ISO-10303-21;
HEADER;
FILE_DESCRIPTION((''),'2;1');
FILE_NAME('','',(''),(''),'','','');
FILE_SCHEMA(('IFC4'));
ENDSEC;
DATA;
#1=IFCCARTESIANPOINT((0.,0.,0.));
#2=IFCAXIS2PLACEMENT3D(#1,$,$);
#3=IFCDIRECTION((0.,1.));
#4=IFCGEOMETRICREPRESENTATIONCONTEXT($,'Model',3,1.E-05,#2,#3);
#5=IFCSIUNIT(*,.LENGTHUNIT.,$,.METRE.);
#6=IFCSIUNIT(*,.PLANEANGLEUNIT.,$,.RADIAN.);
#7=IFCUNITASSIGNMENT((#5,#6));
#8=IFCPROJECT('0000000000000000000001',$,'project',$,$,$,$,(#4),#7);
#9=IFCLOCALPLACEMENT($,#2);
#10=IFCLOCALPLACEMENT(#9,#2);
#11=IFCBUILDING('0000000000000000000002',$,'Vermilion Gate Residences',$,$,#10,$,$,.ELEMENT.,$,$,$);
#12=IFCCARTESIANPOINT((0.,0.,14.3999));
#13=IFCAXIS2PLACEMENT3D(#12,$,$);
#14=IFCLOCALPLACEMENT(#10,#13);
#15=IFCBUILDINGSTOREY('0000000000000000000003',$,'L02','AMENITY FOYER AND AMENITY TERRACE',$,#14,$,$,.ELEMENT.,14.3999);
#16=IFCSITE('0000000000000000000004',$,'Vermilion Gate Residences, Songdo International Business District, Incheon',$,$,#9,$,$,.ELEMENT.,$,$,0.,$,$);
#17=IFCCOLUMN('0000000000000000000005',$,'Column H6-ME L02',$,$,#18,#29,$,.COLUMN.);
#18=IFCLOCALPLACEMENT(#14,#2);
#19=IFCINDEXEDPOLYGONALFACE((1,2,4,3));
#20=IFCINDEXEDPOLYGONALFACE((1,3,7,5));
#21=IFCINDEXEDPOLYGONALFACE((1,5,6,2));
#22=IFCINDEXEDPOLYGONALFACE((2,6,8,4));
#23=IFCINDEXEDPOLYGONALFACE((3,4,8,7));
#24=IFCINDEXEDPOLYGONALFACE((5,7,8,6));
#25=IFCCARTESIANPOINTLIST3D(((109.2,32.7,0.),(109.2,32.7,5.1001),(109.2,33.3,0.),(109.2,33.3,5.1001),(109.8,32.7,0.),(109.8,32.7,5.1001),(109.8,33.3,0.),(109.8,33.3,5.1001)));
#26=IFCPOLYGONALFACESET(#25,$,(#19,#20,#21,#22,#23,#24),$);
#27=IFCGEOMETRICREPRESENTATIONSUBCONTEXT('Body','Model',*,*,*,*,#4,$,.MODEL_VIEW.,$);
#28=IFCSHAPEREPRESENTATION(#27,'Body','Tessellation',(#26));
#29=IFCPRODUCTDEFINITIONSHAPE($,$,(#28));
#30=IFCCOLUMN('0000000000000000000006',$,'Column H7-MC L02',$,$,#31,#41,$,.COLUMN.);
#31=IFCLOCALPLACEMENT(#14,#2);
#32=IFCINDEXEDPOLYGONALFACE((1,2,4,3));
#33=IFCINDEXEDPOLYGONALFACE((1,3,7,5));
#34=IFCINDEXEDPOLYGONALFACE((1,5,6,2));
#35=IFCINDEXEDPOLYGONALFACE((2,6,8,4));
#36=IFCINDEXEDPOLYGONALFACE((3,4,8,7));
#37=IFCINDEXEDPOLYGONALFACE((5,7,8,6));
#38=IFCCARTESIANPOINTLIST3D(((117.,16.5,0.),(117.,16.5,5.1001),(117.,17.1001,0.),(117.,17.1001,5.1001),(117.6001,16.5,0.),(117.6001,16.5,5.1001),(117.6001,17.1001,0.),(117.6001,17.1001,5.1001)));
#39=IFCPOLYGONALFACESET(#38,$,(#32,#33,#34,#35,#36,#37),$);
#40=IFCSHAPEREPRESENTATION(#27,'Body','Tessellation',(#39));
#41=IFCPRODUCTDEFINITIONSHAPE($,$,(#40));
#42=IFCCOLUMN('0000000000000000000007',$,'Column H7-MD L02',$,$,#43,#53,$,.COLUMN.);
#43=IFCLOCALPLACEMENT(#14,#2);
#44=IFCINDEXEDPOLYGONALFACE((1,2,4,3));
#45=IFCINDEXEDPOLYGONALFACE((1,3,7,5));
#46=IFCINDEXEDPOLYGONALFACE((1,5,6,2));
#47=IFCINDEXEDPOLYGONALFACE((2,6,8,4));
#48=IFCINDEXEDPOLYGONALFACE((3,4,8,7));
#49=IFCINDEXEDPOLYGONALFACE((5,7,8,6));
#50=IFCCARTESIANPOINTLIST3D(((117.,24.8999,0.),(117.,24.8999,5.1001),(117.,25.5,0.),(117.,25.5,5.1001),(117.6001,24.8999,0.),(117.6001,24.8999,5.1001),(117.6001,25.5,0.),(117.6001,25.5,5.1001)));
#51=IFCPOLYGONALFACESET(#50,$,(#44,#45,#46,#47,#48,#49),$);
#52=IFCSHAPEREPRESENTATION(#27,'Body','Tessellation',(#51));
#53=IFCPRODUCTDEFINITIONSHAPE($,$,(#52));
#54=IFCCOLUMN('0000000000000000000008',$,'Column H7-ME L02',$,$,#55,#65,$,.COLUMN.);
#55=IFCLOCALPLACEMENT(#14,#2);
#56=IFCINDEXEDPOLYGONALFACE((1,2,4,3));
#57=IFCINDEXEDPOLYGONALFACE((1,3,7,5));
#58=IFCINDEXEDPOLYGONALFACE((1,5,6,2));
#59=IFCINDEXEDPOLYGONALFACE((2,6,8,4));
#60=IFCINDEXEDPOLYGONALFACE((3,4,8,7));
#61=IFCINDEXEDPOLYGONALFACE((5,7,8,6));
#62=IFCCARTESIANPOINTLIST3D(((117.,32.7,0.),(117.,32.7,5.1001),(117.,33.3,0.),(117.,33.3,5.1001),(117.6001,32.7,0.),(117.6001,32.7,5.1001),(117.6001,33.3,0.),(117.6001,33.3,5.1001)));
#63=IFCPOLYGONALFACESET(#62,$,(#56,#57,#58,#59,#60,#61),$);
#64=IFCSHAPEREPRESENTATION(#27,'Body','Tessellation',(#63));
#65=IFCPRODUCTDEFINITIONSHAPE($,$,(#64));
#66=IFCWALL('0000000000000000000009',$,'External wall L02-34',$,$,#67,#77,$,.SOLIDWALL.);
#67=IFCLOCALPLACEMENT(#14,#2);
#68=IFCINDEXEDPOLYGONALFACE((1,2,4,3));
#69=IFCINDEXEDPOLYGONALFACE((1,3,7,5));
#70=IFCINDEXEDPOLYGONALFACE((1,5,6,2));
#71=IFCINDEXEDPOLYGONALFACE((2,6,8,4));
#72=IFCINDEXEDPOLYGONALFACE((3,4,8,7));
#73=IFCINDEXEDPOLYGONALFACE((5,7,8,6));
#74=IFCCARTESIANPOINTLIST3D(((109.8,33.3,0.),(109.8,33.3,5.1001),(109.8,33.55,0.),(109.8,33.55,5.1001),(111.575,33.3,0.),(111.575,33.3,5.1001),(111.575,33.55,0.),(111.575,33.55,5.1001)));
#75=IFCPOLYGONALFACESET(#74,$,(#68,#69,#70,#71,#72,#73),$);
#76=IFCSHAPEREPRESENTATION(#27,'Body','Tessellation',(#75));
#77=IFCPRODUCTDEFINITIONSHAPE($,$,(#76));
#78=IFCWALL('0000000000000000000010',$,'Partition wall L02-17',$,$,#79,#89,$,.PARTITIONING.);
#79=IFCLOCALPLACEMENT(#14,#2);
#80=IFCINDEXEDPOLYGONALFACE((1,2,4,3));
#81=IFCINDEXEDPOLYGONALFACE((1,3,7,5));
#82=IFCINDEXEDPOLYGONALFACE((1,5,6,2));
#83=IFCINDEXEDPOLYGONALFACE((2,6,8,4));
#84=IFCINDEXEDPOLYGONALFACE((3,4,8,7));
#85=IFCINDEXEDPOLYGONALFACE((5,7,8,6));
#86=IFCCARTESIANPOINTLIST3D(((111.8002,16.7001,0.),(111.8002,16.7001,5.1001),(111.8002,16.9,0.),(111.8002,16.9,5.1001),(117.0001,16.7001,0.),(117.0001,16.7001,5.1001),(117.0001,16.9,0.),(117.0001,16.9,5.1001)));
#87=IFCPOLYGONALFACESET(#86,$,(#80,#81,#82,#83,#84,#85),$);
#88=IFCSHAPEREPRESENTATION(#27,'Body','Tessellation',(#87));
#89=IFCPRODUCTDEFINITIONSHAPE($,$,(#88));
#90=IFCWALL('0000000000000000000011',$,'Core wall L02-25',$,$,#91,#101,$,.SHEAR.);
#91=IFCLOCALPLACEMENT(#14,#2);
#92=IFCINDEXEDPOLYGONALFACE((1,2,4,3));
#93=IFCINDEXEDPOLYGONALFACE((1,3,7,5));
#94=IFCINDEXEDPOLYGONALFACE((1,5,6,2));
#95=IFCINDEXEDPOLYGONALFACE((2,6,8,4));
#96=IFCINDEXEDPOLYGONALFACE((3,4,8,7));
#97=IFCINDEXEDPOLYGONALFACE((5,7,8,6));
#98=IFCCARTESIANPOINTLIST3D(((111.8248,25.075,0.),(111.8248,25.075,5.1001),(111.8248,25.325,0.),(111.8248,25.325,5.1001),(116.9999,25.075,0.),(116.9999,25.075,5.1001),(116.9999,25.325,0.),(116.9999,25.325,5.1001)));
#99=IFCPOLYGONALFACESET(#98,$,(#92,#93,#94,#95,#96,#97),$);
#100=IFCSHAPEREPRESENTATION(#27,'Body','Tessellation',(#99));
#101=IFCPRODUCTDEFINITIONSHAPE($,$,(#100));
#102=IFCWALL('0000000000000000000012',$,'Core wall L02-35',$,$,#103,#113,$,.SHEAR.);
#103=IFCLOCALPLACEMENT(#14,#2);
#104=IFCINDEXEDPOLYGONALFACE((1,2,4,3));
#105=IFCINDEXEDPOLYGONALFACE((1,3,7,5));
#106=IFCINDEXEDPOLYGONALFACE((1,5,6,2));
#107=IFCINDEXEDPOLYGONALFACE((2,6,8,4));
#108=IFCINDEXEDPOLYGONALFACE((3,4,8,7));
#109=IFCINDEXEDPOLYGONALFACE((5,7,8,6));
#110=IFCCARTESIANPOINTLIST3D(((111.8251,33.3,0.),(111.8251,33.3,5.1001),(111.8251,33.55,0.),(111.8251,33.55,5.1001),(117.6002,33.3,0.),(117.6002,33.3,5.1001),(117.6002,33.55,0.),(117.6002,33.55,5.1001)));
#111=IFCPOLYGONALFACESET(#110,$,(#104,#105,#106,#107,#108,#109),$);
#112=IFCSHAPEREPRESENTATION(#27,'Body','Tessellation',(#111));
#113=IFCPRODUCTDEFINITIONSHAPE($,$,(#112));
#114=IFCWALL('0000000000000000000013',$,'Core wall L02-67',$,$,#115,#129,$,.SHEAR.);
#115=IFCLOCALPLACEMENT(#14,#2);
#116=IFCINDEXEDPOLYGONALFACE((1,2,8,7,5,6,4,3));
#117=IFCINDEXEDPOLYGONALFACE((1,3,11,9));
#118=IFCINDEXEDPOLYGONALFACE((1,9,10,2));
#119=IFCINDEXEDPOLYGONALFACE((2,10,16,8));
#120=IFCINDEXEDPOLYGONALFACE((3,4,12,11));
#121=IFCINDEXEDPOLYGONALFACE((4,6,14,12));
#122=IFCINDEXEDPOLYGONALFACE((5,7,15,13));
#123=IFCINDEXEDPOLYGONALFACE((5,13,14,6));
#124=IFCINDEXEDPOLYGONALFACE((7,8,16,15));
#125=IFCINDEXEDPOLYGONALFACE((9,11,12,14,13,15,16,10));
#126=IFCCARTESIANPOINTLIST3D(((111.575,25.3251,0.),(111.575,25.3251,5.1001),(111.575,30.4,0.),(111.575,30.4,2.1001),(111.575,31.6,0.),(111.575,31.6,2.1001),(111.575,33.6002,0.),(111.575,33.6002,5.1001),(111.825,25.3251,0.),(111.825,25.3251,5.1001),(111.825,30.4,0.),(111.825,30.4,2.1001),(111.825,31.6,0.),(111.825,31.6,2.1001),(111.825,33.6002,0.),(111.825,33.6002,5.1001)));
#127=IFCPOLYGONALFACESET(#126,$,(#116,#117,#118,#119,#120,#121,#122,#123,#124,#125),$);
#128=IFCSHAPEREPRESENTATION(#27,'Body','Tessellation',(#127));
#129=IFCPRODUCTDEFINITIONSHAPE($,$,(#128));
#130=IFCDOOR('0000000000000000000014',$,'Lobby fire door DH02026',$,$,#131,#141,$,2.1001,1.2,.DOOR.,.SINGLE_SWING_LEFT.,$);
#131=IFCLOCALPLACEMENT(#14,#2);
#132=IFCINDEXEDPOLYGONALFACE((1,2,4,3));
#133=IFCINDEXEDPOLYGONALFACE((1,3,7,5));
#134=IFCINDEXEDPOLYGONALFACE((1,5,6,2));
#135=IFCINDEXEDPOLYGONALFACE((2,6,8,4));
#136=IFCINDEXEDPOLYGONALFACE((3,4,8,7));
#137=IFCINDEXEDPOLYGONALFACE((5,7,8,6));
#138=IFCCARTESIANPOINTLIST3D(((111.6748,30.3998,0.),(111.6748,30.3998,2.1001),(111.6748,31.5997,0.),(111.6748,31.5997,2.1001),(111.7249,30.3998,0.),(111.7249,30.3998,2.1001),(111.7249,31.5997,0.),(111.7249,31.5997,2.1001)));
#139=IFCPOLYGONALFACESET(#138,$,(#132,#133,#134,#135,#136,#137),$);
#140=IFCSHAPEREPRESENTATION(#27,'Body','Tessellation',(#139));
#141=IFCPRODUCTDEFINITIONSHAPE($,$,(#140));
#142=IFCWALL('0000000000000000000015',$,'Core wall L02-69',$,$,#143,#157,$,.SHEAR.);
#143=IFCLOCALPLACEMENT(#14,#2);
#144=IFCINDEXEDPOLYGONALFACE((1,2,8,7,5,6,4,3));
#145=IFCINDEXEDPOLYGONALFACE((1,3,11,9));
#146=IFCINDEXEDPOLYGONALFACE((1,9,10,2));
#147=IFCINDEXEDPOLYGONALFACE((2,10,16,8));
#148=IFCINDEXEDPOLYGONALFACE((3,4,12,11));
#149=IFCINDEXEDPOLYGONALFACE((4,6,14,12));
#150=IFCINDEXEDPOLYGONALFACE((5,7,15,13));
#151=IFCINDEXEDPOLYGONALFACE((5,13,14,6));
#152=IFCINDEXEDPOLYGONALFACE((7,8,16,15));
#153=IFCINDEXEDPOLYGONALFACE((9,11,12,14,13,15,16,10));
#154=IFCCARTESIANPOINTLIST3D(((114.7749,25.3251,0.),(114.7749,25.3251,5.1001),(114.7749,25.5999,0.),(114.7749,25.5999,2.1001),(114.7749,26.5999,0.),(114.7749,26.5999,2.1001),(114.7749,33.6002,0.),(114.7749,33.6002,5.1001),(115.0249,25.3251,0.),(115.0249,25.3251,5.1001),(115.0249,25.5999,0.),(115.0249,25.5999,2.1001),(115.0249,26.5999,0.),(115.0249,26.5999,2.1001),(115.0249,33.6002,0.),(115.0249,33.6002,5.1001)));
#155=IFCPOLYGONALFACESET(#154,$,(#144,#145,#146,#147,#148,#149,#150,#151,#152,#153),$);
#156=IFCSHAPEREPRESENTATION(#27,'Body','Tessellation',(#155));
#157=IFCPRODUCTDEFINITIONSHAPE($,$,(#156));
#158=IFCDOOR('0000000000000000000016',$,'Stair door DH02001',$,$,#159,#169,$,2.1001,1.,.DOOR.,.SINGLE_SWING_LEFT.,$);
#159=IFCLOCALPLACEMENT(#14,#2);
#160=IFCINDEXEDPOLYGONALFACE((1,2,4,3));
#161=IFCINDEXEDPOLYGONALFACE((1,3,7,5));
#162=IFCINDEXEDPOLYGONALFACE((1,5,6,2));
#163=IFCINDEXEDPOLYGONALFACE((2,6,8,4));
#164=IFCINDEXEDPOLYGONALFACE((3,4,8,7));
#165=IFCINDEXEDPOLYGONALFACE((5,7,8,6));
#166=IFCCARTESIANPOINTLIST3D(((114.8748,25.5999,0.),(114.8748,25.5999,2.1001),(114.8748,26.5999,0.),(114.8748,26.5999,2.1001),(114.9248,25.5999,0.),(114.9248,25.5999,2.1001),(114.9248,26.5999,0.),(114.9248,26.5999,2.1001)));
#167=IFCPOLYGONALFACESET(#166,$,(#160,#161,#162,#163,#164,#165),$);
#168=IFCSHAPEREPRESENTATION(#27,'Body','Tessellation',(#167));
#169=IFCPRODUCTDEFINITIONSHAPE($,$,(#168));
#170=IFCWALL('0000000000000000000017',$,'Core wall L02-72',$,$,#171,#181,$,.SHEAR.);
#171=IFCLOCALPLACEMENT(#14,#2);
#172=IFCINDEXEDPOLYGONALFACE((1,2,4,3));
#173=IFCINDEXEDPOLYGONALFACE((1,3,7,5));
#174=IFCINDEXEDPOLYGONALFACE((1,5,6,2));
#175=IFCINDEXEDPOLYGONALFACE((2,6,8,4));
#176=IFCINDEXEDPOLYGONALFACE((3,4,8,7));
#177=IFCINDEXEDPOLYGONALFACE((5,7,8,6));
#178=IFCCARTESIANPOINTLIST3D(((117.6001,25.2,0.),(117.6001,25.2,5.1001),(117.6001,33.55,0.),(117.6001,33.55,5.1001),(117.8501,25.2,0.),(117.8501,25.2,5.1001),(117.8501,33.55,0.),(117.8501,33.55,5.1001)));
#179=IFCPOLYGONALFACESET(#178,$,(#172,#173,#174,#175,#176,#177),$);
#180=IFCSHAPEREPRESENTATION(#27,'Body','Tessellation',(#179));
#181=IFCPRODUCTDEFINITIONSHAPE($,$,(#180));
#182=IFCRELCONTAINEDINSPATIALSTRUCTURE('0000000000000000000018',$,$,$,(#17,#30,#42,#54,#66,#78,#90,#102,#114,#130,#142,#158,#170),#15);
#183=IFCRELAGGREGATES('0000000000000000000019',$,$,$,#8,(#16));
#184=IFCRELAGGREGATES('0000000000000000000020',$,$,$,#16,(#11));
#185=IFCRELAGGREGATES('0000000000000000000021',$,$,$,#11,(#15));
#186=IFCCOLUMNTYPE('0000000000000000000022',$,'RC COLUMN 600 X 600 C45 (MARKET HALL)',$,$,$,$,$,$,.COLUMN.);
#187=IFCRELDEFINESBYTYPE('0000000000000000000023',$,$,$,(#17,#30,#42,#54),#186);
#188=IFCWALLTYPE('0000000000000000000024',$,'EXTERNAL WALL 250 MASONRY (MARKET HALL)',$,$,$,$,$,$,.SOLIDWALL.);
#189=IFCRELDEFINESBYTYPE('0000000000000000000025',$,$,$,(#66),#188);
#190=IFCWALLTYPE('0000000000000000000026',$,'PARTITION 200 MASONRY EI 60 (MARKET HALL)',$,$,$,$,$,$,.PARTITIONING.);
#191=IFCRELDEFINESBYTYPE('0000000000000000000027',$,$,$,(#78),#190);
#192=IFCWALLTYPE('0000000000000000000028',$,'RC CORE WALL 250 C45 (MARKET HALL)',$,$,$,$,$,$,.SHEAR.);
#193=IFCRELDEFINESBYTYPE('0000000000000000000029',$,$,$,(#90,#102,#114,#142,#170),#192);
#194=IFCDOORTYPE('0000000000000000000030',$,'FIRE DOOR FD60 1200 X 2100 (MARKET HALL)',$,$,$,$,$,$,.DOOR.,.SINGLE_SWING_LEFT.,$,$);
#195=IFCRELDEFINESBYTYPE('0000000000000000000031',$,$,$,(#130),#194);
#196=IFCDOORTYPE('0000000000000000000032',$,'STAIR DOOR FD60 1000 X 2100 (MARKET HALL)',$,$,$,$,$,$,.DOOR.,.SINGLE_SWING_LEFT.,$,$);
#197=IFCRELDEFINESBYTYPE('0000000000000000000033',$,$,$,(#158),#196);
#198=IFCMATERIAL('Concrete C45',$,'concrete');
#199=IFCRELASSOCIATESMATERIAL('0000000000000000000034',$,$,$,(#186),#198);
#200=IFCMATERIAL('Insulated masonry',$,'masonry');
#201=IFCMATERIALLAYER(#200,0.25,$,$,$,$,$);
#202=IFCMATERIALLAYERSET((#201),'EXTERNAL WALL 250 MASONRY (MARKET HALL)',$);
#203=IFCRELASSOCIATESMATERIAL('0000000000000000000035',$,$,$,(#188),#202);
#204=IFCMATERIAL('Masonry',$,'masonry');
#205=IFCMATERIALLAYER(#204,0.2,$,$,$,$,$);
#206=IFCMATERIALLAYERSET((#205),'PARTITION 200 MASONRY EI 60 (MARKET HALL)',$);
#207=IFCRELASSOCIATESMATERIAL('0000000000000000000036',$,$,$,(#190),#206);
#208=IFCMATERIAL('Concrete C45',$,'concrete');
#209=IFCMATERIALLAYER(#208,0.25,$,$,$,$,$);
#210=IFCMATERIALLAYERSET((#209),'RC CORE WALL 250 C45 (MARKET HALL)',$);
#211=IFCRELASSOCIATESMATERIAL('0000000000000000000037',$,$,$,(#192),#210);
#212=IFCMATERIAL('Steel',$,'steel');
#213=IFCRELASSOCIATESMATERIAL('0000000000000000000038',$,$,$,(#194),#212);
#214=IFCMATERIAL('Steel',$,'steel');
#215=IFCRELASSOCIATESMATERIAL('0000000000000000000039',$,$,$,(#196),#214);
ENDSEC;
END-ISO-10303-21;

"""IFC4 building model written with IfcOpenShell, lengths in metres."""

from ifc_helpers import new_model, si_unit, direction, frame, frame_2d, origin, origin_2d, place, context, subcontext, project, spatial, rectangle, extrude, material, layer, layer_set, material_profile, profile_set, type_object, element, fill, save


model = new_model("IFC4")

# Units and contexts
model_context = context("Model", 3, precision=1e-05, world=origin(), true_north=direction((0.0, 1.0)))
body_context = subcontext(model_context, "Body", "Model", "MODEL_VIEW")
ifc_project = project(units=[si_unit("LENGTHUNIT", "METRE"), si_unit("PLANEANGLEUNIT", "RADIAN")], contexts=[model_context])

# Site, building, storey
site_placement = place(None, origin())
site = spatial("IfcSite", under=ifc_project, at=site_placement, Name="Vermilion Gate Residences, Songdo International Business District, Incheon", CompositionType="ELEMENT", RefElevation=0.0)
building_placement = place(site_placement, origin())
building = spatial("IfcBuilding", under=site, at=building_placement, Name="Vermilion Gate Residences", CompositionType="ELEMENT")
storey_placement = place(building_placement, frame((0.0, 0.0, 14.3999)))
storey = spatial("IfcBuildingStorey", under=building, at=storey_placement, Name="L02", Description="AMENITY FOYER AND AMENITY TERRACE", CompositionType="ELEMENT", Elevation=14.3999)

# Columns
ifc_material_1 = material(Name="Concrete C45", Category="concrete")
ifc_material_profile = material_profile(ifc_material_1, rectangle(XDim=0.6001, YDim=0.6001, at=origin_2d()), Name="RC COLUMN 600 X 600 C45 (MARKET HALL)")
ifc_profile_set = profile_set([ifc_material_profile], Name="Concrete C45")
column_type = type_object("IfcColumnType", Name="RC COLUMN 600 X 600 C45 (MARKET HALL)", PredefinedType="COLUMN", material=ifc_profile_set)
for number, where, z_axis, x_axis, name in (
    (1, (109.5, 33.0, 0.0), (0.0, 0.0, 1.0), (1.0, 0.0, 0.0), "Column H6-ME L02"),
    (2, (117.3, 16.8, 0.0), (0.0, 0.0, 1.0), (1.0, 0.0, 0.0), "Column H7-MC L02"),
    (3, (117.3, 25.2, 0.0), (0.0, 0.0, 1.0), (1.0, 0.0, 0.0), "Column H7-MD L02"),
    (4, (117.3, 33.0, 0.0), (0.0, 0.0, 1.0), (1.0, 0.0, 0.0), "Column H7-ME L02"),
):
    element("IfcColumn", number, at=place(storey_placement, frame(where, z_axis=z_axis, x_axis=x_axis)), inside=storey, type_object=column_type, Name=name, PredefinedType="COLUMN", context=body_context, shape_type="SweptSolid", body=[
        extrude(rectangle(XDim=0.6001, YDim=0.6001, at=origin_2d()), origin(), (0.0, 0.0, 1.0), 5.1001),
    ])

# Walls
ifc_material_2 = material(Name="Insulated masonry", Category="masonry")
ifc_layer_1 = layer(ifc_material_2, 0.25)
ifc_layer_set_1 = layer_set([ifc_layer_1], Name="EXTERNAL WALL 250 MASONRY (MARKET HALL)")
wall_type_1 = type_object("IfcWallType", Name="EXTERNAL WALL 250 MASONRY (MARKET HALL)", PredefinedType="SOLIDWALL", material=ifc_layer_set_1)
wall_1_placement = place(storey_placement, frame((109.8, 33.425, 0.0), z_axis=(0.0, 0.0, 1.0), x_axis=(1.0, 0.0, 0.0)))
element("IfcWall", 5, at=wall_1_placement, inside=storey, type_object=wall_type_1, Name="External wall L02-34", PredefinedType="SOLIDWALL", context=body_context, shape_type="SweptSolid", body=[
    extrude(rectangle(XDim=1.7749, YDim=0.25, at=frame_2d((0.8875, 0.0))), origin(), (0.0, 0.0, 1.0), 5.1001),
])
ifc_material_3 = material(Name="Masonry", Category="masonry")
ifc_layer_2 = layer(ifc_material_3, 0.2)
ifc_layer_set_2 = layer_set([ifc_layer_2], Name="PARTITION 200 MASONRY EI 60 (MARKET HALL)")
wall_type_2 = type_object("IfcWallType", Name="PARTITION 200 MASONRY EI 60 (MARKET HALL)", PredefinedType="PARTITIONING", material=ifc_layer_set_2)
wall_2_placement = place(storey_placement, frame((111.8, 16.8, 0.0), z_axis=(0.0, 0.0, 1.0), x_axis=(1.0, 0.0, 0.0)))
element("IfcWall", 6, at=wall_2_placement, inside=storey, type_object=wall_type_2, Name="Partition wall L02-17", PredefinedType="PARTITIONING", context=body_context, shape_type="SweptSolid", body=[
    extrude(rectangle(XDim=5.2, YDim=0.2, at=frame_2d((2.6001, 0.0))), origin(), (0.0, 0.0, 1.0), 5.1001),
])
ifc_material_4 = material(Name="Concrete C45", Category="concrete")
ifc_layer_3 = layer(ifc_material_4, 0.25)
ifc_layer_set_3 = layer_set([ifc_layer_3], Name="RC CORE WALL 250 C45 (MARKET HALL)")
wall_type_3 = type_object("IfcWallType", Name="RC CORE WALL 250 C45 (MARKET HALL)", PredefinedType="SHEAR", material=ifc_layer_set_3)
wall_3_placement = place(storey_placement, frame((111.825, 25.2, 0.0), z_axis=(0.0, 0.0, 1.0), x_axis=(1.0, 0.0, 0.0)))
element("IfcWall", 7, at=wall_3_placement, inside=storey, type_object=wall_type_3, Name="Core wall L02-25", PredefinedType="SHEAR", context=body_context, shape_type="SweptSolid", body=[
    extrude(rectangle(XDim=5.175, YDim=0.25, at=frame_2d((2.5874, 0.0))), origin(), (0.0, 0.0, 1.0), 5.1001),
])
wall_4_placement = place(storey_placement, frame((111.825, 33.425, 0.0), z_axis=(0.0, 0.0, 1.0), x_axis=(1.0, 0.0, 0.0)))
element("IfcWall", 8, at=wall_4_placement, inside=storey, type_object=wall_type_3, Name="Core wall L02-35", PredefinedType="SHEAR", context=body_context, shape_type="SweptSolid", body=[
    extrude(rectangle(XDim=5.7751, YDim=0.25, at=frame_2d((2.8877, 0.0))), origin(), (0.0, 0.0, 1.0), 5.1001),
])

# Walls, openings, doors
wall_5_placement = place(storey_placement, frame((111.7, 25.325, 0.0), z_axis=(0.0, 0.0, 1.0), x_axis=(0.0, 1.0, 0.0)))
wall_5 = element("IfcWall", 9, at=wall_5_placement, inside=storey, type_object=wall_type_3, Name="Core wall L02-67", PredefinedType="SHEAR", context=body_context, shape_type="SweptSolid", body=[
    extrude(rectangle(XDim=8.2751, YDim=0.25, at=frame_2d((4.1377, 0.0))), origin(), (0.0, 0.0, 1.0), 5.1001),
])
opening_1_placement = place(wall_5_placement, frame((5.075, 0.0, 0.0)))
opening_1 = element("IfcOpeningElement", 10, at=opening_1_placement, cuts=wall_5, PredefinedType="OPENING", context=body_context, shape_type="SweptSolid", body=[
    extrude(rectangle(XDim=1.2, YDim=2.1001, at=frame_2d((0.6001, 1.05))), frame((0.0, 0.135, 0.0), z_axis=(0.0, -1.0, 0.0), x_axis=(1.0, 0.0, 0.0)), (0.0, 0.0, 1.0), 0.27),
])
ifc_material_5 = material(Name="Steel", Category="steel")
door_type_1 = type_object("IfcDoorType", Name="FIRE DOOR FD60 1200 X 2100 (MARKET HALL)", OperationType="SINGLE_SWING_LEFT", PredefinedType="DOOR", material=ifc_material_5)
door_1_placement = place(opening_1_placement, frame((1.2, 0.0, 0.0), z_axis=(0.0, 0.0, 1.0), x_axis=(-1.0, 0.0, 0.0)))
door_1 = element("IfcDoor", 11, at=door_1_placement, inside=storey, type_object=door_type_1, Name="Lobby fire door DH02026", OperationType="SINGLE_SWING_LEFT", OverallHeight=2.1001, OverallWidth=1.2, PredefinedType="DOOR", context=body_context, shape_type="SweptSolid", body=[
    extrude(rectangle(XDim=1.2, YDim=2.1001, at=frame_2d((0.6001, 1.05))), frame((0.0, 0.0249, 0.0), z_axis=(0.0, -1.0, 0.0), x_axis=(1.0, 0.0, 0.0)), (0.0, 0.0, 1.0), 0.05),
])
fill(opening_1, door_1)
wall_6_placement = place(storey_placement, frame((114.8999, 25.325, 0.0), z_axis=(0.0, 0.0, 1.0), x_axis=(0.0, 1.0, 0.0)))
wall_6 = element("IfcWall", 12, at=wall_6_placement, inside=storey, type_object=wall_type_3, Name="Core wall L02-69", PredefinedType="SHEAR", context=body_context, shape_type="SweptSolid", body=[
    extrude(rectangle(XDim=8.2751, YDim=0.25, at=frame_2d((4.1377, 0.0))), origin(), (0.0, 0.0, 1.0), 5.1001),
])
opening_2_placement = place(wall_6_placement, frame((0.2749, 0.0, 0.0)))
opening_2 = element("IfcOpeningElement", 13, at=opening_2_placement, cuts=wall_6, PredefinedType="OPENING", context=body_context, shape_type="SweptSolid", body=[
    extrude(rectangle(XDim=1.0, YDim=2.1001, at=frame_2d((0.5, 1.05))), frame((0.0, 0.135, 0.0), z_axis=(0.0, -1.0, 0.0), x_axis=(1.0, 0.0, 0.0)), (0.0, 0.0, 1.0), 0.27),
])
ifc_material_6 = material(Name="Steel", Category="steel")
door_type_2 = type_object("IfcDoorType", Name="STAIR DOOR FD60 1000 X 2100 (MARKET HALL)", OperationType="SINGLE_SWING_LEFT", PredefinedType="DOOR", material=ifc_material_6)
door_2_placement = place(opening_2_placement, frame((1.0, 0.0, 0.0), z_axis=(0.0, 0.0, 1.0), x_axis=(-1.0, 0.0, 0.0)))
door_2 = element("IfcDoor", 14, at=door_2_placement, inside=storey, type_object=door_type_2, Name="Stair door DH02001", OperationType="SINGLE_SWING_LEFT", OverallHeight=2.1001, OverallWidth=1.0, PredefinedType="DOOR", context=body_context, shape_type="SweptSolid", body=[
    extrude(rectangle(XDim=1.0, YDim=2.1001, at=frame_2d((0.5, 1.05))), frame((0.0, 0.0249, 0.0), z_axis=(0.0, -1.0, 0.0), x_axis=(1.0, 0.0, 0.0)), (0.0, 0.0, 1.0), 0.05),
])
fill(opening_2, door_2)

# Wall
wall_7_placement = place(storey_placement, frame((117.7251, 25.2, 0.0), z_axis=(0.0, 0.0, 1.0), x_axis=(0.0, 1.0, 0.0)))
element("IfcWall", 15, at=wall_7_placement, inside=storey, type_object=wall_type_3, Name="Core wall L02-72", PredefinedType="SHEAR", context=body_context, shape_type="SweptSolid", body=[
    extrude(rectangle(XDim=8.3501, YDim=0.25, at=frame_2d((4.175, 0.0))), origin(), (0.0, 0.0, 1.0), 5.1001),
])

save(model, "model.ifc")
